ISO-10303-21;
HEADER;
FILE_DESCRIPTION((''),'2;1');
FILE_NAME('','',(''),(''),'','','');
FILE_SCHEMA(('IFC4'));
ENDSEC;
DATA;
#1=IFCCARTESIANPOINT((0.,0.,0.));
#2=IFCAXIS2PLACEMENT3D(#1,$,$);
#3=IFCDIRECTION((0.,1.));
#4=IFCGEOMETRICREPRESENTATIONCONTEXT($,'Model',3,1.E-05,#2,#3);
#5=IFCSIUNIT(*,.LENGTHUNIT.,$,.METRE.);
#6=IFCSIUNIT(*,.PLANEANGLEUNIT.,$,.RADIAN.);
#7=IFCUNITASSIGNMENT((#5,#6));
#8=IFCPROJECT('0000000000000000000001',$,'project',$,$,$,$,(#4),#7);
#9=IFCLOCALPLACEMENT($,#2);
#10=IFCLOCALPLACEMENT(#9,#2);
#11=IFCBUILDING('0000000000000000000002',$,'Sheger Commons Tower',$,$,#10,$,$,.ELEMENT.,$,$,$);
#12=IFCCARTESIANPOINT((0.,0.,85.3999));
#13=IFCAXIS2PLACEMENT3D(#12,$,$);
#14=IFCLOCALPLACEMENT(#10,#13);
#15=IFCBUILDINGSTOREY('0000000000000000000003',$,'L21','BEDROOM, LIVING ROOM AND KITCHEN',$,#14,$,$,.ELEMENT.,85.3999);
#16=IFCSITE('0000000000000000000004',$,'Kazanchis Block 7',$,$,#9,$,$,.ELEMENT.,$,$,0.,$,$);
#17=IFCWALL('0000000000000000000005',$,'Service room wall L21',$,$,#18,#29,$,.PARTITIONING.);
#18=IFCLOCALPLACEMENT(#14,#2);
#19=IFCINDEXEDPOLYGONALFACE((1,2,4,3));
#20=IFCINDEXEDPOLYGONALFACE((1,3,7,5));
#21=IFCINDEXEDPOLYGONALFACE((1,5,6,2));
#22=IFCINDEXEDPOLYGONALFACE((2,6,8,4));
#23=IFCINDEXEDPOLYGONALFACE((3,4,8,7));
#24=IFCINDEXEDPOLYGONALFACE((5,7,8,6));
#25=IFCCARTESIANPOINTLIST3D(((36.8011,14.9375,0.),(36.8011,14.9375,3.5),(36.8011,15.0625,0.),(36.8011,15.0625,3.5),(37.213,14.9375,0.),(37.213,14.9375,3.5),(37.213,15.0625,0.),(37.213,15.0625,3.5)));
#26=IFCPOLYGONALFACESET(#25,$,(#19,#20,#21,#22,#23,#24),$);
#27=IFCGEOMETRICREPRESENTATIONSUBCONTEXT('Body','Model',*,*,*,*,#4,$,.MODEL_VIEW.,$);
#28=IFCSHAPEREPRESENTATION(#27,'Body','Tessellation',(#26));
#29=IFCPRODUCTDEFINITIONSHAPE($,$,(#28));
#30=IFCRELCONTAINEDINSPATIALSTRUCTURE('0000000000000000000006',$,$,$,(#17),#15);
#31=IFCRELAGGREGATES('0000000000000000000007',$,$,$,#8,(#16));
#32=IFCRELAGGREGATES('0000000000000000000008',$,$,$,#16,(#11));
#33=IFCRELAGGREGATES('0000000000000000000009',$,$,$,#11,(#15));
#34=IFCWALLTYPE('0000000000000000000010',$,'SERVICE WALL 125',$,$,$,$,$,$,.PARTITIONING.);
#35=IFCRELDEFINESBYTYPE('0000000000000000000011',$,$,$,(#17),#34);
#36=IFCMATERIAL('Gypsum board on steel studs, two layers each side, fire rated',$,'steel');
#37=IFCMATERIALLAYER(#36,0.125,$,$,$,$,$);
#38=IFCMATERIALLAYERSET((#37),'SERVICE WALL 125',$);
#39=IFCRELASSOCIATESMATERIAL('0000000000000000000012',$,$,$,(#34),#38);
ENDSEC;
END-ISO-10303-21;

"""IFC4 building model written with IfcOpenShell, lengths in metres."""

from ifc_helpers import new_model, si_unit, direction, frame, frame_2d, origin, place, context, subcontext, project, spatial, rectangle, extrude, material, layer, layer_set, type_object, element, save


model = new_model("IFC4")

# Units and contexts
model_context = context("Model", 3, precision=1e-05, world=origin(), true_north=direction((0.0, 1.0)))
body_context = subcontext(model_context, "Body", "Model", "MODEL_VIEW")
ifc_project = project(units=[si_unit("LENGTHUNIT", "METRE"), si_unit("PLANEANGLEUNIT", "RADIAN")], contexts=[model_context])

# Site, building, storey
site_placement = place(None, origin())
site = spatial("IfcSite", under=ifc_project, at=site_placement, Name="Kazanchis Block 7", CompositionType="ELEMENT", RefElevation=0.0)
building_placement = place(site_placement, origin())
building = spatial("IfcBuilding", under=site, at=building_placement, Name="Sheger Commons Tower", CompositionType="ELEMENT")
storey_placement = place(building_placement, frame((0.0, 0.0, 85.3999)))
storey = spatial("IfcBuildingStorey", under=building, at=storey_placement, Name="L21", Description="BEDROOM, LIVING ROOM AND KITCHEN", CompositionType="ELEMENT", Elevation=85.3999)

# Shared definitions
ifc_material_1 = material(Name="Gypsum board on steel studs, two layers each side, fire rated", Category="steel")
ifc_layer_1 = layer(ifc_material_1, 0.125)
ifc_layer_set_1 = layer_set([ifc_layer_1], Name="SERVICE WALL 125")
wall_type_1 = type_object("IfcWallType", Name="SERVICE WALL 125", PredefinedType="PARTITIONING", material=ifc_layer_set_1)

# Wall
wall_1_placement = place(storey_placement, frame((36.801, 15.0, 0.0), z_axis=(0.0, 0.0, 1.0), x_axis=(1.0, 0.0, 0.0)))
element("IfcWall", 1, at=wall_1_placement, inside=storey, type_object=wall_type_1, Name="Service room wall L21", PredefinedType="PARTITIONING", context=body_context, shape_type="SweptSolid", body=[
    extrude(rectangle(XDim=0.4119, YDim=0.125, at=frame_2d((0.2061, 0.0))), origin(), (0.0, 0.0, 1.0), 3.5),
])

save(model, "model.ifc")
